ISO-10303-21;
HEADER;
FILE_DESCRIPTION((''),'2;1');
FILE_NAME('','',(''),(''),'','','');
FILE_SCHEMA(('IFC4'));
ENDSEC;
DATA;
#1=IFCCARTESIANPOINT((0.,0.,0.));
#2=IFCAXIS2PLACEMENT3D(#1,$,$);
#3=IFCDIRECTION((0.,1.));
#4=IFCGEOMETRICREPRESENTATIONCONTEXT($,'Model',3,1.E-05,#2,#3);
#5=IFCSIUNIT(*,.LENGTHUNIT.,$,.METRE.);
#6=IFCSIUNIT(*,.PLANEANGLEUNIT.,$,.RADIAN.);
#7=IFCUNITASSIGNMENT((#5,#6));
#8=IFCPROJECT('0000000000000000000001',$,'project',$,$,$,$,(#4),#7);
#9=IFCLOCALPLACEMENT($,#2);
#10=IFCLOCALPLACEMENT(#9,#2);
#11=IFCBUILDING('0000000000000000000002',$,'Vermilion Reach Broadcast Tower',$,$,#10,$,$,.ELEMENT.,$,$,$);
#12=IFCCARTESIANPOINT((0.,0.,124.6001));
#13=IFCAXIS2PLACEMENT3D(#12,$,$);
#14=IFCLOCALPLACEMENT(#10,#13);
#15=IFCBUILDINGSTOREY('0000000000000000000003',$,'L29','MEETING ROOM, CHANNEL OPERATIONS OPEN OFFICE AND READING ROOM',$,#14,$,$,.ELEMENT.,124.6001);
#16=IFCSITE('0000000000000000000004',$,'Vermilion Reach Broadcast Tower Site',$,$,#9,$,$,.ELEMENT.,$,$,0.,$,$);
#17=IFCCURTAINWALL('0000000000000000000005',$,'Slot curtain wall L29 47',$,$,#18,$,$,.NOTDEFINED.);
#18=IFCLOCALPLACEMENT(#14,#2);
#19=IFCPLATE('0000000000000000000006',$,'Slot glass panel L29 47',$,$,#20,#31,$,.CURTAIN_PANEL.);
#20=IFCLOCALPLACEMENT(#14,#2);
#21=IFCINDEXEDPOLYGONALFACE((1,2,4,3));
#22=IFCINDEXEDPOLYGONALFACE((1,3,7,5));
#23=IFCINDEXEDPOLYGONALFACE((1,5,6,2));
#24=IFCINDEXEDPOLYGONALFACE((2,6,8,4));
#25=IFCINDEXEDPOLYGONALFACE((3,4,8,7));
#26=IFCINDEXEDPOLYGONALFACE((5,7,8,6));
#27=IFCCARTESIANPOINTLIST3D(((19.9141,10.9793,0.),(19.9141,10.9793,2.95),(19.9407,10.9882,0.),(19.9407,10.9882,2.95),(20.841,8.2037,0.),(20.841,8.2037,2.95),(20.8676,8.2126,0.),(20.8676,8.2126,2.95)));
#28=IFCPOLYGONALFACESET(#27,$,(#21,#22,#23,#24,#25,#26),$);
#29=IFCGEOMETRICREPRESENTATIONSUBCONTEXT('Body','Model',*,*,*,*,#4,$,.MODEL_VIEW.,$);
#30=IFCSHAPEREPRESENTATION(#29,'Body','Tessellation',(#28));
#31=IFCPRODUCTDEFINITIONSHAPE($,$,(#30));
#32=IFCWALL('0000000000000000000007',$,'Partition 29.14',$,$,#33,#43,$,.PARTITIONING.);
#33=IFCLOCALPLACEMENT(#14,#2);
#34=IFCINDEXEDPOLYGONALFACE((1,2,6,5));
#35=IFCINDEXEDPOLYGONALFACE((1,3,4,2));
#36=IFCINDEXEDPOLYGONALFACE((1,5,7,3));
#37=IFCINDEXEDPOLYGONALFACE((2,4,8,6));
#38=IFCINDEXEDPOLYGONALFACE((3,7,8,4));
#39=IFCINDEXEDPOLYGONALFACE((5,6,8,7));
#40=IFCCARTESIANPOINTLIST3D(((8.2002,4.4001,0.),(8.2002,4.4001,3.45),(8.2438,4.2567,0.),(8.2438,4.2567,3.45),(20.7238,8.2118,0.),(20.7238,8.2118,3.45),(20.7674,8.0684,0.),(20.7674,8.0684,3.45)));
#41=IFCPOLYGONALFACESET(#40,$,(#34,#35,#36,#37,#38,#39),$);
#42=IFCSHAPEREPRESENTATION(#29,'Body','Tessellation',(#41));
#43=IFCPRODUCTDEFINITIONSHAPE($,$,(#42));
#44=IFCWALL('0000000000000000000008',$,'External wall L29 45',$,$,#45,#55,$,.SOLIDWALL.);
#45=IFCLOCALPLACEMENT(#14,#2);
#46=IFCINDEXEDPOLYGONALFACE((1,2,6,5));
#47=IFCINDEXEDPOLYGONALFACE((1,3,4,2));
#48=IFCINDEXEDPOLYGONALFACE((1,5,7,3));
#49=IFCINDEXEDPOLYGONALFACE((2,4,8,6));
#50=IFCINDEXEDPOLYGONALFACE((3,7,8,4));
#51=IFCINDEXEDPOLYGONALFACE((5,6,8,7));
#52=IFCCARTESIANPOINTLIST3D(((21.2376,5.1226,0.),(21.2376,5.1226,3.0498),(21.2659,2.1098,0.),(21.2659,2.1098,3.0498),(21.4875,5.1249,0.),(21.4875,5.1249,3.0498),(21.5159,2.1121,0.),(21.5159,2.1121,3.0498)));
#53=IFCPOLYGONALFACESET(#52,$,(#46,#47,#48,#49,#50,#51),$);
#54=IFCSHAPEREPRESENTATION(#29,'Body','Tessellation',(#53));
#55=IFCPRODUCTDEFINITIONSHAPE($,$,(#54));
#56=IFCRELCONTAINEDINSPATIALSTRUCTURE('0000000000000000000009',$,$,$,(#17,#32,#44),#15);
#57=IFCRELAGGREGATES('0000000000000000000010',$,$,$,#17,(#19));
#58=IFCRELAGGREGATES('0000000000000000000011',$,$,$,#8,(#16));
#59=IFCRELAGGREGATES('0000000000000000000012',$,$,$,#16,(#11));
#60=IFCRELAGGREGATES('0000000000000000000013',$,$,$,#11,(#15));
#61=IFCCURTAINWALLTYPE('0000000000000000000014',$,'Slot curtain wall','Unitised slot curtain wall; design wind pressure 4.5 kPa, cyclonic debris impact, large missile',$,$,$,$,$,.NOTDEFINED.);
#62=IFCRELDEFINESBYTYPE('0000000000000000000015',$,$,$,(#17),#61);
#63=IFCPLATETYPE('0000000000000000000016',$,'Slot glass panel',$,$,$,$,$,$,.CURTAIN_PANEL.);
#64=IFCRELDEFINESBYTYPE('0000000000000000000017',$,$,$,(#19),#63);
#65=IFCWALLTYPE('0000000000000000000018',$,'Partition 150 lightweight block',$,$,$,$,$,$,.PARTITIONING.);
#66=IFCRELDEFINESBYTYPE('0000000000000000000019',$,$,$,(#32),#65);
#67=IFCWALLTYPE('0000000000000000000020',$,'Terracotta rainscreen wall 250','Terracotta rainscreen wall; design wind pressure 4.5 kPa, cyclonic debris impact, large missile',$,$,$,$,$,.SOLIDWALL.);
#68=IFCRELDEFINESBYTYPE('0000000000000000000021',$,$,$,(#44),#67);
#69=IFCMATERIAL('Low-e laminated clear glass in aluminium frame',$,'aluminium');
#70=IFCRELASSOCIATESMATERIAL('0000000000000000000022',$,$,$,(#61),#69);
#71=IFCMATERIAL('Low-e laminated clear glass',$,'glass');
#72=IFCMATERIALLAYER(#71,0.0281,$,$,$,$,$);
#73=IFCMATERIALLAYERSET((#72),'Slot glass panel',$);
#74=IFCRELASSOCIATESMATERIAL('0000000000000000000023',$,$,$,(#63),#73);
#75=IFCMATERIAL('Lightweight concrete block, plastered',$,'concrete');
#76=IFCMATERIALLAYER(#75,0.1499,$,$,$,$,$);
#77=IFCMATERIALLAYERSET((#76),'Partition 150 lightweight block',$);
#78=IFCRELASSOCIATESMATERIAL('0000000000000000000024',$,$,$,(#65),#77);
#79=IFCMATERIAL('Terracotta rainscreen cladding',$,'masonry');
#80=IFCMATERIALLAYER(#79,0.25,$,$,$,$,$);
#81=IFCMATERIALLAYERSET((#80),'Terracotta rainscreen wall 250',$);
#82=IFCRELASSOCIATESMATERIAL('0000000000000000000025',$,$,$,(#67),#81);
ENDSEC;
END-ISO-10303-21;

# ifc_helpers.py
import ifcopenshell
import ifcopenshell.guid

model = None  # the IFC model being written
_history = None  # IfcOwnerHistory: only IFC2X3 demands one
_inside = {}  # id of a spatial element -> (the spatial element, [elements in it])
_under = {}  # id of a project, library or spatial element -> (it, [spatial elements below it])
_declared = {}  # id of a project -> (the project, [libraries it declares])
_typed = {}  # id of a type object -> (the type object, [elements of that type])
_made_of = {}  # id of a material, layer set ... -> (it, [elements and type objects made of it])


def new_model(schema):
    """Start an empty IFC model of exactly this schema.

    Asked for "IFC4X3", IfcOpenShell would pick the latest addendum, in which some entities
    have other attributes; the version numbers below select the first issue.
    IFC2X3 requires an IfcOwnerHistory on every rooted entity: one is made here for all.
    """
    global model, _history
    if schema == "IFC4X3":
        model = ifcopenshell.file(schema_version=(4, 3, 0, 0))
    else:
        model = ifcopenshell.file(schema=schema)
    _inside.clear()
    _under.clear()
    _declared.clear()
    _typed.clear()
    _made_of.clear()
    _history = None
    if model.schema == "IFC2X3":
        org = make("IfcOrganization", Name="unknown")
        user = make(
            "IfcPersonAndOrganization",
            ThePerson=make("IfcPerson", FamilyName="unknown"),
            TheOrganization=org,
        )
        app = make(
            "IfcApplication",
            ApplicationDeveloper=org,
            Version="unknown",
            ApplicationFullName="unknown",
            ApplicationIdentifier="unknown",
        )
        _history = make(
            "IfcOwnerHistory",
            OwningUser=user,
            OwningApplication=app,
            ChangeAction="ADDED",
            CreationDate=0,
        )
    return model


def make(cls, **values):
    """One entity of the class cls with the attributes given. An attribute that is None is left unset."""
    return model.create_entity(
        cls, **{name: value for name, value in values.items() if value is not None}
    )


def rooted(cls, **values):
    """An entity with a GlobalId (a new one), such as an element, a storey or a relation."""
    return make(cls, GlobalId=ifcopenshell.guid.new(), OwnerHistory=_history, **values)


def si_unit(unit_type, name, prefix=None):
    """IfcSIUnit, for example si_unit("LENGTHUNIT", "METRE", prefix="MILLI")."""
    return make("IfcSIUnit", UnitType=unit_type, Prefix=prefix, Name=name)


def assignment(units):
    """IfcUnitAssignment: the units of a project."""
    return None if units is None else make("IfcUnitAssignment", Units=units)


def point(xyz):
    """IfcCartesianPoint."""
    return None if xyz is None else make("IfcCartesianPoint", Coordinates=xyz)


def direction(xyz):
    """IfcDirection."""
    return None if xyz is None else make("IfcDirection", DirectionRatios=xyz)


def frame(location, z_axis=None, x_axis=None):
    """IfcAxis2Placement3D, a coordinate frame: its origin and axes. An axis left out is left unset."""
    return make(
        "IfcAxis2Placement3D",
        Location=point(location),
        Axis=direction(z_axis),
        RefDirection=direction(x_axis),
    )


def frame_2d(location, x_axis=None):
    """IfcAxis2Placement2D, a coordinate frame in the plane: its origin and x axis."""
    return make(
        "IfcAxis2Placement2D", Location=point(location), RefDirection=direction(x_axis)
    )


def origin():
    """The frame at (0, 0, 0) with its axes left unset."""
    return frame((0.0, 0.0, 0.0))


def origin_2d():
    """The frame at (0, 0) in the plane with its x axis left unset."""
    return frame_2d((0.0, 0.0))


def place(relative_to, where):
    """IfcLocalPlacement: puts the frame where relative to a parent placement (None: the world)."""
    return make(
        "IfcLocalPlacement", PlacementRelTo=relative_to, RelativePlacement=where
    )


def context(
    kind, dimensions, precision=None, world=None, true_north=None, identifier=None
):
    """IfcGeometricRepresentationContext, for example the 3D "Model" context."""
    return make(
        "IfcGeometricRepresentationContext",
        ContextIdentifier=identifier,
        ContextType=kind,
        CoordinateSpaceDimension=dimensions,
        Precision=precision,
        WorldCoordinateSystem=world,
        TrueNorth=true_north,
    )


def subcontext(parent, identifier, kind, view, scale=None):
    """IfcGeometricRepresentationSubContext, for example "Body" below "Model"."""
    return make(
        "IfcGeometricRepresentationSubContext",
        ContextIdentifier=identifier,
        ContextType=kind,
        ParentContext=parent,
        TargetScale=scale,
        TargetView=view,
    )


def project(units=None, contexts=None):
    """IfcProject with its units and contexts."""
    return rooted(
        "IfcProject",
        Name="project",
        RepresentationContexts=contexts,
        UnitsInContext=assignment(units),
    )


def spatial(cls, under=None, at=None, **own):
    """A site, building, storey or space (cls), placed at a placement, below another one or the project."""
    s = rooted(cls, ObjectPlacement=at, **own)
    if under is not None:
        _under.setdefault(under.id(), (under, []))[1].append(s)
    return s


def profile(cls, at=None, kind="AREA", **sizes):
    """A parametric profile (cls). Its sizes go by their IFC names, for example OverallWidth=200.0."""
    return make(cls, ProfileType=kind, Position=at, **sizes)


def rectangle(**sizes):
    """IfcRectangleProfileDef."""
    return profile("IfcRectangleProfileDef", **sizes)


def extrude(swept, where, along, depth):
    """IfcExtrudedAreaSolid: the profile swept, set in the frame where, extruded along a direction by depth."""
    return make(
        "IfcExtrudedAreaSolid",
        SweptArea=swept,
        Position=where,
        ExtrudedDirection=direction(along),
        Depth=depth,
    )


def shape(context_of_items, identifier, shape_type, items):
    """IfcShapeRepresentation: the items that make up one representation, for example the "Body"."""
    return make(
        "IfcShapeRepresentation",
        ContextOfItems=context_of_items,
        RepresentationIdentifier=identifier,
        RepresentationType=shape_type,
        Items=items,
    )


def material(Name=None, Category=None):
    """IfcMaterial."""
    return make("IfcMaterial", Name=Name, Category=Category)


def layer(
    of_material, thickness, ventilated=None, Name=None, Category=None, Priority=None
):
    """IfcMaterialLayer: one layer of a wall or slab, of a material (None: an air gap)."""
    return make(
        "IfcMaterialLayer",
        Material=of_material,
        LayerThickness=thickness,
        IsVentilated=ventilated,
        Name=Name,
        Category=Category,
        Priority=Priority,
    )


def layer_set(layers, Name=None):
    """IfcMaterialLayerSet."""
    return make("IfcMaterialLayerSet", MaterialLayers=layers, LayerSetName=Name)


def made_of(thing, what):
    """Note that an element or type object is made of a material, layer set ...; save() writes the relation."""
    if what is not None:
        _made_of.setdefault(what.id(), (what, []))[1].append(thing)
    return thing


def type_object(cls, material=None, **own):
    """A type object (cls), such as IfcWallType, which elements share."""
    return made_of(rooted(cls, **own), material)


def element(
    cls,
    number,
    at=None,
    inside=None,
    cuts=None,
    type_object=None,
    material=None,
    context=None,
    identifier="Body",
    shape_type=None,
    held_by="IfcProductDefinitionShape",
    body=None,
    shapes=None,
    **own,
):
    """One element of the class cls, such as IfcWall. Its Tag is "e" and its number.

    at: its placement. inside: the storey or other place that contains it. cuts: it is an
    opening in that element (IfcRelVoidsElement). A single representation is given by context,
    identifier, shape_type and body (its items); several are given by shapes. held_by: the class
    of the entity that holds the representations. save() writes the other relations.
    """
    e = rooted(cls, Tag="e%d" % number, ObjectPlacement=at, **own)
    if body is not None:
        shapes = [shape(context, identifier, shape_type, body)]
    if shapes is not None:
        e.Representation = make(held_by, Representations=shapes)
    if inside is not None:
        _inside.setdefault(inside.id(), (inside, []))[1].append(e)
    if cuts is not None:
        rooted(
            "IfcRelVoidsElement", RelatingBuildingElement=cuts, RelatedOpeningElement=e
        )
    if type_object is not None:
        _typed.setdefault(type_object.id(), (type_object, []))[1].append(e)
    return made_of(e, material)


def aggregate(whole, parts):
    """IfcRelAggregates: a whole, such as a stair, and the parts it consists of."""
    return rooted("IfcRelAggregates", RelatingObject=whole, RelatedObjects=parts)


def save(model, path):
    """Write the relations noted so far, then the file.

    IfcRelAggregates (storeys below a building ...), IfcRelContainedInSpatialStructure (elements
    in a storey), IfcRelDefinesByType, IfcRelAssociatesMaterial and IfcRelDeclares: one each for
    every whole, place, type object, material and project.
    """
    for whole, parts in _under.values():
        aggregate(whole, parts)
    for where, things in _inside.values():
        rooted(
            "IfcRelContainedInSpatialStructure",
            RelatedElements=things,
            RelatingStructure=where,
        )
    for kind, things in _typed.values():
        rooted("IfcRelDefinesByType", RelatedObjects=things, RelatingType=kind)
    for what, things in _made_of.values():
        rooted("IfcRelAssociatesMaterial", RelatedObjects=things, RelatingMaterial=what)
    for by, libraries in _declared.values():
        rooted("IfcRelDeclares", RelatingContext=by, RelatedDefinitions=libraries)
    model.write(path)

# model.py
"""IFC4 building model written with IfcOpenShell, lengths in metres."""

from ifc_helpers import new_model, si_unit, direction, frame, frame_2d, origin, origin_2d, place, context, subcontext, project, spatial, rectangle, extrude, material, layer, layer_set, type_object, element, aggregate, save


model = new_model("IFC4")

# Units and contexts
model_context = context("Model", 3, precision=1e-05, world=origin(), true_north=direction((0.0, 1.0)))
body_context = subcontext(model_context, "Body", "Model", "MODEL_VIEW")
ifc_project = project(units=[si_unit("LENGTHUNIT", "METRE"), si_unit("PLANEANGLEUNIT", "RADIAN")], contexts=[model_context])

# Site, building, storey
site_placement = place(None, origin())
site = spatial("IfcSite", under=ifc_project, at=site_placement, Name="Vermilion Reach Broadcast Tower Site", CompositionType="ELEMENT", RefElevation=0.0)
building_placement = place(site_placement, origin())
building = spatial("IfcBuilding", under=site, at=building_placement, Name="Vermilion Reach Broadcast Tower", CompositionType="ELEMENT")
storey_placement = place(building_placement, frame((0.0, 0.0, 124.6001)))
storey = spatial("IfcBuildingStorey", under=building, at=storey_placement, Name="L29", Description="MEETING ROOM, CHANNEL OPERATIONS OPEN OFFICE AND READING ROOM", CompositionType="ELEMENT", Elevation=124.6001)

# Curtain wall
ifc_material_1 = material(Name="Low-e laminated clear glass in aluminium frame", Category="aluminium")
curtain_wall_type = type_object("IfcCurtainWallType", Name="Slot curtain wall", Description="Unitised slot curtain wall; design wind pressure 4.5 kPa, cyclonic debris impact, large missile", PredefinedType="NOTDEFINED", material=ifc_material_1)
placement = place(storey_placement, origin())
curtain_wall_1 = element("IfcCurtainWall", 1, at=placement, inside=storey, type_object=curtain_wall_type, Name="Slot curtain wall L29 47", PredefinedType="NOTDEFINED")

# Plate
ifc_material_2 = material(Name="Low-e laminated clear glass", Category="glass")
ifc_layer_1 = layer(ifc_material_2, 0.0281)
ifc_layer_set_1 = layer_set([ifc_layer_1], Name="Slot glass panel")
plate_type = type_object("IfcPlateType", Name="Slot glass panel", PredefinedType="CURTAIN_PANEL", material=ifc_layer_set_1)
plate_1_placement = place(storey_placement, frame((20.3909, 9.5959, 0.0), z_axis=(0.0, 0.0, 1.0), x_axis=(-0.316755, 0.948508, 0.0)))
plate_1 = element("IfcPlate", 2, at=plate_1_placement, type_object=plate_type, Name="Slot glass panel L29 47", PredefinedType="CURTAIN_PANEL", context=body_context, shape_type="SweptSolid", body=[
    extrude(rectangle(XDim=2.9263, YDim=0.0281, at=origin_2d()), origin(), (0.0, 0.0, 1.0), 2.95),
])
aggregate(curtain_wall_1, [plate_1])

# Walls
ifc_material_3 = material(Name="Lightweight concrete block, plastered", Category="concrete")
ifc_layer_2 = layer(ifc_material_3, 0.1499)
ifc_layer_set_2 = layer_set([ifc_layer_2], Name="Partition 150 lightweight block")
wall_type_1 = type_object("IfcWallType", Name="Partition 150 lightweight block", PredefinedType="PARTITIONING", material=ifc_layer_set_2)
wall_1_placement = place(storey_placement, frame((20.7456, 8.1401, 0.0), z_axis=(0.0, 0.0, 1.0), x_axis=(-0.956669, -0.291176, 0.0)))
element("IfcWall", 3, at=wall_1_placement, inside=storey, type_object=wall_type_1, Name="Partition 29.14", PredefinedType="PARTITIONING", context=body_context, shape_type="SweptSolid", body=[
    extrude(rectangle(XDim=13.0908, YDim=0.1499, at=frame_2d((6.5454, 0.0))), origin(), (0.0, 0.0, 1.0), 3.45),
])
ifc_material_4 = material(Name="Terracotta rainscreen cladding", Category="masonry")
ifc_layer_3 = layer(ifc_material_4, 0.25)
ifc_layer_set_3 = layer_set([ifc_layer_3], Name="Terracotta rainscreen wall 250")
wall_type_2 = type_object("IfcWallType", Name="Terracotta rainscreen wall 250", Description="Terracotta rainscreen wall; design wind pressure 4.5 kPa, cyclonic debris impact, large missile", PredefinedType="SOLIDWALL", material=ifc_layer_set_3)
wall_2_placement = place(storey_placement, frame((21.3909, 2.1111, 0.0), z_axis=(0.0, 0.0, 1.0), x_axis=(-0.0094, 0.999956, 0.0)))
element("IfcWall", 4, at=wall_2_placement, inside=storey, type_object=wall_type_2, Name="External wall L29 45", PredefinedType="SOLIDWALL", context=body_context, shape_type="SweptSolid", body=[
    extrude(rectangle(XDim=3.0129, YDim=0.25, at=frame_2d((1.5063, 0.0))), origin(), (0.0, 0.0, 1.0), 3.0498),
])

save(model, "model.ifc")
